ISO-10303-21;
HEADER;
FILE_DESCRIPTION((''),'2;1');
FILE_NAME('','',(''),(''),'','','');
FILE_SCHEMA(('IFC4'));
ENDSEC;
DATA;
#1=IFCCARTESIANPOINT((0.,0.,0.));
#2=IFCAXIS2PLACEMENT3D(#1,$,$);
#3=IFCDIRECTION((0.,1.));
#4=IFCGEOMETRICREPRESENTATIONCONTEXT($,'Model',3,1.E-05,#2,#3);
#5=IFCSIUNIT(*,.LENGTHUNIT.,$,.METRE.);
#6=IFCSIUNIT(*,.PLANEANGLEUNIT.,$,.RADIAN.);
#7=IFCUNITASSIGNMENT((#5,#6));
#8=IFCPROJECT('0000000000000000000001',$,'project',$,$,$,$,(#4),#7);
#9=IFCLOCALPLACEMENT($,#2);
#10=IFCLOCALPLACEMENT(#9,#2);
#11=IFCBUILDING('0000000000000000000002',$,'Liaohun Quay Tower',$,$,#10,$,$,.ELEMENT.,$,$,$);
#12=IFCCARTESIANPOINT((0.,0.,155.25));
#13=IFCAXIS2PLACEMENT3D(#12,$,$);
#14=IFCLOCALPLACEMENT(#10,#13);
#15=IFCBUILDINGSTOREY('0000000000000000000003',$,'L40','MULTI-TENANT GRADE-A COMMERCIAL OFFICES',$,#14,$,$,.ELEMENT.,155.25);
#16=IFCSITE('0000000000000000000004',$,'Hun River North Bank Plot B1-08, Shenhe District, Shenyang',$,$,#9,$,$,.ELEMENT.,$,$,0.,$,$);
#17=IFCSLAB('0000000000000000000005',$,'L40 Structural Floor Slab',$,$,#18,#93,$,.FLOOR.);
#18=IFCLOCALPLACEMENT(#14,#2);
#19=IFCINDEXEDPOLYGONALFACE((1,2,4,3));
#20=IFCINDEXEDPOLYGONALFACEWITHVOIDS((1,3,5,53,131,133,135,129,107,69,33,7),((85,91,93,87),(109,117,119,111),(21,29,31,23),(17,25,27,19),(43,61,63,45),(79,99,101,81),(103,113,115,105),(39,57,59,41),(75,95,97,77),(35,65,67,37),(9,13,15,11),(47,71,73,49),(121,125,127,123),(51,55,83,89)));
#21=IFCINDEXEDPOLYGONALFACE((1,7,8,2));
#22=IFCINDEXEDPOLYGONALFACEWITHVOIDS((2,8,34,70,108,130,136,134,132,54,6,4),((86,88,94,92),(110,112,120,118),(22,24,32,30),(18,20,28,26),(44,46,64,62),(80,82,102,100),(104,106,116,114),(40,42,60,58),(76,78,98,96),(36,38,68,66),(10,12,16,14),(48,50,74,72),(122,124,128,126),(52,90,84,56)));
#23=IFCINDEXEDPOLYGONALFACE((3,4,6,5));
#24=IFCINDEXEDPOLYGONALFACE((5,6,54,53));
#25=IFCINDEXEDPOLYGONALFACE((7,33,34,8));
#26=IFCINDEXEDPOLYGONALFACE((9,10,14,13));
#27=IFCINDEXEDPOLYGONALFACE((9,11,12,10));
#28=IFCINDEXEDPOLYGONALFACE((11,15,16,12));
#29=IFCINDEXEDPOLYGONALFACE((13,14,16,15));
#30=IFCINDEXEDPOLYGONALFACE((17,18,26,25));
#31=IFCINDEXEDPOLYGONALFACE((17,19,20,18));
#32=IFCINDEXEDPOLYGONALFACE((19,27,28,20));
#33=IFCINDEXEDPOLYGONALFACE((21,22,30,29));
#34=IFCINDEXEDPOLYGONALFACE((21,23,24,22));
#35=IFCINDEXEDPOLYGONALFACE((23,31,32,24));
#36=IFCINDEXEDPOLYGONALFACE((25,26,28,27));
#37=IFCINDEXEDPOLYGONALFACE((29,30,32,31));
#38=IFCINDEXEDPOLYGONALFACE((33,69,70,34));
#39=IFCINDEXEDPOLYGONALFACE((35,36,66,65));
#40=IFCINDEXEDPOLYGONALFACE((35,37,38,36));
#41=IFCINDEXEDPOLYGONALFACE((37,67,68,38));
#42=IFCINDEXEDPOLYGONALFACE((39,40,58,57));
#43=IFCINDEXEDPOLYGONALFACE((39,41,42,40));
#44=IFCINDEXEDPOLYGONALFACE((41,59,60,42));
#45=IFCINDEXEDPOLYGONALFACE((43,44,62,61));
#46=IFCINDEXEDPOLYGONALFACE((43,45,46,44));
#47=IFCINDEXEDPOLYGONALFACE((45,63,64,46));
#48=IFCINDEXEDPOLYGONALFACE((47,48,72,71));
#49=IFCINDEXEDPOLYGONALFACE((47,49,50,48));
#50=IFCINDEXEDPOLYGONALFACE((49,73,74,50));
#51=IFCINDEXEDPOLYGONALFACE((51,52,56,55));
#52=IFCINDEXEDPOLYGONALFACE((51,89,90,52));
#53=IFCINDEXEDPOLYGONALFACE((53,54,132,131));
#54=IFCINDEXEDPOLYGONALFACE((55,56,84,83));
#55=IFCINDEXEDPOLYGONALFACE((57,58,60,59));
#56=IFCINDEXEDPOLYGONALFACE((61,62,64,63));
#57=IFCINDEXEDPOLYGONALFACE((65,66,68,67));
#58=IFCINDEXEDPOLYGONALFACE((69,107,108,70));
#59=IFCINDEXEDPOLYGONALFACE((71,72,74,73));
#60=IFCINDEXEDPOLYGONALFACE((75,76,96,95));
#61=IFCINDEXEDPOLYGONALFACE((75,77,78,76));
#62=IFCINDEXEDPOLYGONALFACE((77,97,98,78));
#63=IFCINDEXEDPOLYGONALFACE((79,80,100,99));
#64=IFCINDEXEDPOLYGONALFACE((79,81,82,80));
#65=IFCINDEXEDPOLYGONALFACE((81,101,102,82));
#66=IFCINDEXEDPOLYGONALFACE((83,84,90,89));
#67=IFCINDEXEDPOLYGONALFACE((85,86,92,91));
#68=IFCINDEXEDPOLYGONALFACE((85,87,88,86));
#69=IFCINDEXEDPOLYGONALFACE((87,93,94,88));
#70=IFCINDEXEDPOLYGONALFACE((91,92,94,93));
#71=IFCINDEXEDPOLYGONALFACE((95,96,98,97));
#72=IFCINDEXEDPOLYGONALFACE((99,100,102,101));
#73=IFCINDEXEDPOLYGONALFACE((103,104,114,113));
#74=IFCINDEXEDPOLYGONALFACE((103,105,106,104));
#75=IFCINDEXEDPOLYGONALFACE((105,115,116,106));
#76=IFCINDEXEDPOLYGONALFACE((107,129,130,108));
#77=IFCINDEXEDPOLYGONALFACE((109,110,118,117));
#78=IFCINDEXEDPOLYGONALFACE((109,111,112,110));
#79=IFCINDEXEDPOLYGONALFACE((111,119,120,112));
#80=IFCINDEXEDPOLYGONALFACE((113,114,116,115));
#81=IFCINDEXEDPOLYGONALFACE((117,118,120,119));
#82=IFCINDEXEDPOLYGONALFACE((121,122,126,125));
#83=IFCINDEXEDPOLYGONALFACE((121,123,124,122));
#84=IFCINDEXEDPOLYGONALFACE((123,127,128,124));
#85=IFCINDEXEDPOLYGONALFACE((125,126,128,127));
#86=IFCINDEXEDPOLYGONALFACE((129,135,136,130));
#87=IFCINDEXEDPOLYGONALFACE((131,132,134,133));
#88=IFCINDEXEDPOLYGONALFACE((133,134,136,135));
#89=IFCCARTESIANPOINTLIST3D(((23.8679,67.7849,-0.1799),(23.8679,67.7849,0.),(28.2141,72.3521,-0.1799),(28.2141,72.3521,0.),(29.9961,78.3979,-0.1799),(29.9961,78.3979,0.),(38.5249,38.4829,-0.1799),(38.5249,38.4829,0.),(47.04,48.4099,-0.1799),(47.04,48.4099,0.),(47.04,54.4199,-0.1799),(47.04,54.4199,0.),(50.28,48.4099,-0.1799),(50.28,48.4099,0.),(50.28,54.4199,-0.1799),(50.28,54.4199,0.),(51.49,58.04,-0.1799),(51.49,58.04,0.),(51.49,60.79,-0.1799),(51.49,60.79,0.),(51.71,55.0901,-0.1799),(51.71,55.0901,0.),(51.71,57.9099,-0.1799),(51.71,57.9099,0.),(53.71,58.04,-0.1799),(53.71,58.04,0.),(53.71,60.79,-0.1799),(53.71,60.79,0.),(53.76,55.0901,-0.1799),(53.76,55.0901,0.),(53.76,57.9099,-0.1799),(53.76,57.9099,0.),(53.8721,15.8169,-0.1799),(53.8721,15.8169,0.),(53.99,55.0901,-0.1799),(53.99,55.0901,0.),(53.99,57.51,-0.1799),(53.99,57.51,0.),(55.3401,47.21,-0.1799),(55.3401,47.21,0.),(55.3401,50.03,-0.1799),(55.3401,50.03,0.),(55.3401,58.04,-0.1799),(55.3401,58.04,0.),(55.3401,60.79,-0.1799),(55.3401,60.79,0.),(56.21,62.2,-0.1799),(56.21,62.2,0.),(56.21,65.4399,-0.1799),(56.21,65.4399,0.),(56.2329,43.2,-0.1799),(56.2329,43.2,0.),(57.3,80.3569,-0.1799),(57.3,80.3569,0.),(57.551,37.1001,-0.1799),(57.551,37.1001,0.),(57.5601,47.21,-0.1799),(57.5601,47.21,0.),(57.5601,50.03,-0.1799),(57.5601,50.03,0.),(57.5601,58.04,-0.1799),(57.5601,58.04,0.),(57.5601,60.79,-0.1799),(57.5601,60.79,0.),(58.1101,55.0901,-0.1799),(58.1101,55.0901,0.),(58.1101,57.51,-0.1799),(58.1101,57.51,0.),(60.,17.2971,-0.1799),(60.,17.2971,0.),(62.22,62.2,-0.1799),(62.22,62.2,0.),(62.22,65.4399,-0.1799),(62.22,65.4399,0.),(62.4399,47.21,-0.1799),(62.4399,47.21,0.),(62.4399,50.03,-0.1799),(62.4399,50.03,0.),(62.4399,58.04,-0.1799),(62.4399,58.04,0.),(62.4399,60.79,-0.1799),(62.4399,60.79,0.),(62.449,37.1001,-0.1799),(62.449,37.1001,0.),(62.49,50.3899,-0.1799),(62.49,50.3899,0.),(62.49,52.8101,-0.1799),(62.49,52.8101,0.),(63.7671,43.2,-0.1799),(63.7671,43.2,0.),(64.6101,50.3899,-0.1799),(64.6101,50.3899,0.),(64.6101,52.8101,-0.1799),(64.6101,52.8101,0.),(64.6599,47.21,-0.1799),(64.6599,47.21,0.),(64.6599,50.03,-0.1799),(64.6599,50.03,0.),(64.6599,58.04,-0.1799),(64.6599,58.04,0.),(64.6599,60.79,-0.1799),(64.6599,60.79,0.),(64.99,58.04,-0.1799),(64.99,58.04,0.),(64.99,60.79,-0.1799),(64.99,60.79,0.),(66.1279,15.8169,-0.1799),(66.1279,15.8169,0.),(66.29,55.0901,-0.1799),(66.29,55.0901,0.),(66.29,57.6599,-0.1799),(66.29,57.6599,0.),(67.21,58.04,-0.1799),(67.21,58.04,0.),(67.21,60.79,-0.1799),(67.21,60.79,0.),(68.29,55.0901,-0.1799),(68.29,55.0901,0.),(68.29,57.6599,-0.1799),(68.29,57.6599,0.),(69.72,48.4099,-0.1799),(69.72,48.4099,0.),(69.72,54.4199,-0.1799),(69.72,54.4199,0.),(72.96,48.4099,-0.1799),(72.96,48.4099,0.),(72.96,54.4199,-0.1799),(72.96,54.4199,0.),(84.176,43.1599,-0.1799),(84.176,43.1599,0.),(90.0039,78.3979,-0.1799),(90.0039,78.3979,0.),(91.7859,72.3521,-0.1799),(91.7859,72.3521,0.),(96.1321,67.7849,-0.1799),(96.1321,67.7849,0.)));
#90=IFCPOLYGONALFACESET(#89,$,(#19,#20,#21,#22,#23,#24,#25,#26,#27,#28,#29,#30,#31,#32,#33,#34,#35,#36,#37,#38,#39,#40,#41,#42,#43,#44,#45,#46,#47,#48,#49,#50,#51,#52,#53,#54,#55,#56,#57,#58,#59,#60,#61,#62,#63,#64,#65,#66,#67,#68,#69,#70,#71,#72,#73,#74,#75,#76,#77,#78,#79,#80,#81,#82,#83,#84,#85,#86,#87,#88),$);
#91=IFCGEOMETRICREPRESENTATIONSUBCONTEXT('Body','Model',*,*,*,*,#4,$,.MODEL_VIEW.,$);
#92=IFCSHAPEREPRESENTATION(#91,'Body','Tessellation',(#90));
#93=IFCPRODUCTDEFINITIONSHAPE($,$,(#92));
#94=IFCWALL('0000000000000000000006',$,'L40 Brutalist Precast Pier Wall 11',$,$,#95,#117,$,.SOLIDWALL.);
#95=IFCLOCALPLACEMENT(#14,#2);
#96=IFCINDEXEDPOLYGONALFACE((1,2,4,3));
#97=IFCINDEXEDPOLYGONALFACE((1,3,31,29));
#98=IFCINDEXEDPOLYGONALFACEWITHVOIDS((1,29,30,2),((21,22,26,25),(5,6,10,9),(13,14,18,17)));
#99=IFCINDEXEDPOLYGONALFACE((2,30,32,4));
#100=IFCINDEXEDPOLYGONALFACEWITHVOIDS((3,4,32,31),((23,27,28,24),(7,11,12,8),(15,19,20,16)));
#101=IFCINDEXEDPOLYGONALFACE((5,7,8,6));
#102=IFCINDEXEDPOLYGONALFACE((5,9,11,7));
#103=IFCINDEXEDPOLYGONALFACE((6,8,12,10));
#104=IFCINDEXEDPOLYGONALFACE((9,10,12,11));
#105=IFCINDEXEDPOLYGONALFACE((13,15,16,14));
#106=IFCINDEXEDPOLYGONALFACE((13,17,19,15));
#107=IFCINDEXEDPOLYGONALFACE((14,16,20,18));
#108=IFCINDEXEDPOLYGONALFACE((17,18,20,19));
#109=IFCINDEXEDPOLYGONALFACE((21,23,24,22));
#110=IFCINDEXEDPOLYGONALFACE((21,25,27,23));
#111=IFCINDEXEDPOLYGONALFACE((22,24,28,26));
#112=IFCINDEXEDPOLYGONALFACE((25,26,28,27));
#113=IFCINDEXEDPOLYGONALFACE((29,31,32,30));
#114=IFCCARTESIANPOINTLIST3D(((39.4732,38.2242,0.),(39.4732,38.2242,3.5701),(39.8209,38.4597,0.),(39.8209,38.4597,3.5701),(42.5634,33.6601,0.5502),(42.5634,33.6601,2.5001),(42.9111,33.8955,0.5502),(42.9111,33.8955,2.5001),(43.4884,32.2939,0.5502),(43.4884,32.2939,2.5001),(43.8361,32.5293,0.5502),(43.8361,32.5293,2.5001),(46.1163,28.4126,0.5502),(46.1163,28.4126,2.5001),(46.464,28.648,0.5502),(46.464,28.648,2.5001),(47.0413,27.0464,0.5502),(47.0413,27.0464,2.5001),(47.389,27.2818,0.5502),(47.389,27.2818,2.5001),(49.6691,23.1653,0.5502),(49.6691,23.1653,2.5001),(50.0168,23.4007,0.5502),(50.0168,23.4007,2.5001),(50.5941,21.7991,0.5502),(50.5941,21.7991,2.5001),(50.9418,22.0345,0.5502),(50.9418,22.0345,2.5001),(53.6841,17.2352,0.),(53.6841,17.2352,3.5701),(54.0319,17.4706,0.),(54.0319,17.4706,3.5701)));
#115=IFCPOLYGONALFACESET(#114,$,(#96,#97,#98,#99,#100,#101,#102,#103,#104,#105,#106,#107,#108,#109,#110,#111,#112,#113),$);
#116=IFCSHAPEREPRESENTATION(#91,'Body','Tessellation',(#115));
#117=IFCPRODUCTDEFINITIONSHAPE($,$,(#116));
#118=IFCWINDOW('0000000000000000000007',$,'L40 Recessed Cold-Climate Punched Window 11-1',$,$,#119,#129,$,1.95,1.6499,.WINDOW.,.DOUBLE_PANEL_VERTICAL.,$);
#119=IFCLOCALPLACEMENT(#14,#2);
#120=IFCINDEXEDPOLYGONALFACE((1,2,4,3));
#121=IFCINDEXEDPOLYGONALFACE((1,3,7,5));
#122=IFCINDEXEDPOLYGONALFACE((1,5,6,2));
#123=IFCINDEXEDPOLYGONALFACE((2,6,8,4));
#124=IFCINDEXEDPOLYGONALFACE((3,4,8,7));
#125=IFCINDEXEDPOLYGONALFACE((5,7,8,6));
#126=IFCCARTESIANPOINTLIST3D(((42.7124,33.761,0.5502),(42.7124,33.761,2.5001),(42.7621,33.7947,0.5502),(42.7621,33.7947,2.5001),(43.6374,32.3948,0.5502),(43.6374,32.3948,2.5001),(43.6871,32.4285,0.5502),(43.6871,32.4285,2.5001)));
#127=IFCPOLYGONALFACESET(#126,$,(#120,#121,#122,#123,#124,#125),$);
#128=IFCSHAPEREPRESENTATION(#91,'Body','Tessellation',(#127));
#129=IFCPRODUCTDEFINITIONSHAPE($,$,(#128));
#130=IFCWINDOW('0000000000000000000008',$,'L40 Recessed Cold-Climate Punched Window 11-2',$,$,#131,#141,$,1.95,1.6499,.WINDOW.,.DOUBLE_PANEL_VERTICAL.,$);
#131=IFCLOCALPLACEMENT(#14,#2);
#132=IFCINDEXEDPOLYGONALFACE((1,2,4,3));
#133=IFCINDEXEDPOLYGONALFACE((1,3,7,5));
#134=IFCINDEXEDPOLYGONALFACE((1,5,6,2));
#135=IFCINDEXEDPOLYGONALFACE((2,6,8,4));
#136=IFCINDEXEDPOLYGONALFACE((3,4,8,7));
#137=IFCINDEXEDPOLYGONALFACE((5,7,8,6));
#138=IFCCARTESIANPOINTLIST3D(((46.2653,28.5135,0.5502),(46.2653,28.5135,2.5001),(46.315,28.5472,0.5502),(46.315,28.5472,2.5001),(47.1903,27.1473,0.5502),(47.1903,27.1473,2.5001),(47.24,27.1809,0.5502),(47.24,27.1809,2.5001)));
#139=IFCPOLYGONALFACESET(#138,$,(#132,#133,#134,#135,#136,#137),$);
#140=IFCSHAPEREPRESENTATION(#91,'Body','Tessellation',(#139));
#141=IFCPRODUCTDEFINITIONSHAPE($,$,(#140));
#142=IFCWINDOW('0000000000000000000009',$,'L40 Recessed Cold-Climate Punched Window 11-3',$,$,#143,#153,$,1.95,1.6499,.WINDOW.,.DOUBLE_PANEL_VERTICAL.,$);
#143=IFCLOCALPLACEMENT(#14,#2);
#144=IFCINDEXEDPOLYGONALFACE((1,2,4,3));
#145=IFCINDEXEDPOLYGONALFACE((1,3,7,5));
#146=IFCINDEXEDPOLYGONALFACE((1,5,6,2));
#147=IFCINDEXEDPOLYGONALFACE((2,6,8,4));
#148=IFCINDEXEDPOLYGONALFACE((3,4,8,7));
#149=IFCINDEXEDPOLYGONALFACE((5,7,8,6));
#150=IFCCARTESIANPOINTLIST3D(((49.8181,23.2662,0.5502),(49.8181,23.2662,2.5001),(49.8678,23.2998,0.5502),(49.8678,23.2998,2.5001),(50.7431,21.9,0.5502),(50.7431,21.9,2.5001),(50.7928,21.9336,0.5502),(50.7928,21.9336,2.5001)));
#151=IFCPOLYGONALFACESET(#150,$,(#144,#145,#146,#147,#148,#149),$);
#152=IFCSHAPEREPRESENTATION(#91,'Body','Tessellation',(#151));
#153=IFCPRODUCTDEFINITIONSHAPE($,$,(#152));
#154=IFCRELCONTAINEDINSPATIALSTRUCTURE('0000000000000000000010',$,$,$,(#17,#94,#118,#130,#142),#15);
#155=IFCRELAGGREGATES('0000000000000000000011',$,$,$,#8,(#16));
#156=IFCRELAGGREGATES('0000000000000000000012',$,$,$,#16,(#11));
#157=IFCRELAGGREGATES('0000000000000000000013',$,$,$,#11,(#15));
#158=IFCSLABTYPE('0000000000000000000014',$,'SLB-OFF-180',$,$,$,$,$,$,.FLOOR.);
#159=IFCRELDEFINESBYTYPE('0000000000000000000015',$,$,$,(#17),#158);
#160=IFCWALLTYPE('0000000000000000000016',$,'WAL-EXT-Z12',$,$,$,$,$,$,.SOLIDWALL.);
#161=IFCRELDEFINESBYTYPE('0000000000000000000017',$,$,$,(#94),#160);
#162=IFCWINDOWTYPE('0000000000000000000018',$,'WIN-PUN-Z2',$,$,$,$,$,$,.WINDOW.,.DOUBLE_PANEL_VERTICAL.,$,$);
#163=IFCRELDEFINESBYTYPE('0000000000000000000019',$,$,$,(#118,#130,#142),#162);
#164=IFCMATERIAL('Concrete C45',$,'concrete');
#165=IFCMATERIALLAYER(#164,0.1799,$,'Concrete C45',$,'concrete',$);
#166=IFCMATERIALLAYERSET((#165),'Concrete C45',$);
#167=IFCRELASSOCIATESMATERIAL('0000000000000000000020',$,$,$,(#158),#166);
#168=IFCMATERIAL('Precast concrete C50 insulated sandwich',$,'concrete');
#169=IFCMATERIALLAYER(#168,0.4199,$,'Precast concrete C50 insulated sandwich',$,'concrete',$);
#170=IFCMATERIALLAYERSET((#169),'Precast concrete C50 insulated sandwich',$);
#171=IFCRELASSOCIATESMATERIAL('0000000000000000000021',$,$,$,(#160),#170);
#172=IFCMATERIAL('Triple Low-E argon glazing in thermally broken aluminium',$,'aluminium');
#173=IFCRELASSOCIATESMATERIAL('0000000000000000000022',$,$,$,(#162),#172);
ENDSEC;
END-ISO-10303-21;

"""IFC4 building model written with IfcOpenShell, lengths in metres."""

from ifc_helpers import new_model, si_unit, direction, frame, frame_2d, origin, place, context, subcontext, project, spatial, polyline, rectangle, outline, extrude, source, transform, mapped, material, layer, layer_set, type_object, element, fill, save


model = new_model("IFC4")

# Units and contexts
model_context = context("Model", 3, precision=1e-05, world=origin(), true_north=direction((0.0, 1.0)))
body_context = subcontext(model_context, "Body", "Model", "MODEL_VIEW")
ifc_project = project(units=[si_unit("LENGTHUNIT", "METRE"), si_unit("PLANEANGLEUNIT", "RADIAN")], contexts=[model_context])

# Site, building, storey
site_placement = place(None, origin())
site = spatial("IfcSite", under=ifc_project, at=site_placement, Name="Hun River North Bank Plot B1-08, Shenhe District, Shenyang", CompositionType="ELEMENT", RefElevation=0.0)
building_placement = place(site_placement, origin())
building = spatial("IfcBuilding", under=site, at=building_placement, Name="Liaohun Quay Tower", CompositionType="ELEMENT")
storey_placement = place(building_placement, frame((0.0, 0.0, 155.25)))
storey = spatial("IfcBuildingStorey", under=building, at=storey_placement, Name="L40", Description="MULTI-TENANT GRADE-A COMMERCIAL OFFICES", CompositionType="ELEMENT", Elevation=155.25)

# Shared definitions
ifc_material_1 = material(Name="Concrete C45", Category="concrete")

# Slab
ifc_layer_1 = layer(ifc_material_1, 0.1799, Name="Concrete C45", Category="concrete")
ifc_layer_set_1 = layer_set([ifc_layer_1], Name="Concrete C45")
slab_type_1 = type_object("IfcSlabType", Name="SLB-OFF-180", PredefinedType="FLOOR", material=ifc_layer_set_1)
slab_1_placement = place(storey_placement, frame((0.0, 0.0, -0.1799)))
element("IfcSlab", 1, at=slab_1_placement, inside=storey, type_object=slab_type_1, Name="L40 Structural Floor Slab", PredefinedType="FLOOR", context=body_context, shape_type="SweptSolid", body=[
    extrude(outline(polyline([(53.8721, 15.8169), (60.0, 17.2971), (66.1279, 15.8169), (84.176, 43.1599), (96.1321, 67.7849), (91.7859, 72.3521), (90.0039, 78.3979), (57.3, 80.3569), (29.9961, 78.3979), (28.2141, 72.3521), (23.8679, 67.7849), (38.5249, 38.4829), (53.8721, 15.8169)]), holes=[polyline([(57.5601, 50.03), (55.3401, 50.03), (55.3401, 47.21), (57.5601, 47.21), (57.5601, 50.03)]), polyline([(50.28, 54.4199), (47.04, 54.4199), (47.04, 48.4099), (50.28, 48.4099), (50.28, 54.4199)]), polyline([(53.99, 55.0901), (58.1101, 55.0901), (58.1101, 57.51), (53.99, 57.51), (53.99, 55.0901)]), polyline([(53.76, 55.0901), (53.76, 57.9099), (51.71, 57.9099), (51.71, 55.0901), (53.76, 55.0901)]), polyline([(53.71, 58.04), (53.71, 60.79), (51.49, 60.79), (51.49, 58.04), (53.71, 58.04)]), polyline([(57.5601, 58.04), (57.5601, 60.79), (55.3401, 60.79), (55.3401, 58.04), (57.5601, 58.04)]), polyline([(62.22, 62.2), (62.22, 65.4399), (56.21, 65.4399), (56.21, 62.2), (62.22, 62.2)]), polyline([(62.449, 37.1001), (63.7671, 43.2), (56.2329, 43.2), (57.551, 37.1001), (62.449, 37.1001)]), polyline([(64.6599, 47.21), (64.6599, 50.03), (62.4399, 50.03), (62.4399, 47.21), (64.6599, 47.21)]), polyline([(72.96, 54.4199), (69.72, 54.4199), (69.72, 48.4099), (72.96, 48.4099), (72.96, 54.4199)]), polyline([(64.6101, 50.3899), (64.6101, 52.8101), (62.49, 52.8101), (62.49, 50.3899), (64.6101, 50.3899)]), polyline([(68.29, 55.0901), (68.29, 57.6599), (66.29, 57.6599), (66.29, 55.0901), (68.29, 55.0901)]), polyline([(64.6599, 58.04), (64.6599, 60.79), (62.4399, 60.79), (62.4399, 58.04), (64.6599, 58.04)]), polyline([(67.21, 58.04), (67.21, 60.79), (64.99, 60.79), (64.99, 58.04), (67.21, 58.04)])]), origin(), (0.0, 0.0, 1.0), 0.1799),
])

# Wall, openings, windows
ifc_material_2 = material(Name="Precast concrete C50 insulated sandwich", Category="concrete")
ifc_layer_2 = layer(ifc_material_2, 0.4199, Name="Precast concrete C50 insulated sandwich", Category="concrete")
ifc_layer_set_2 = layer_set([ifc_layer_2], Name="Precast concrete C50 insulated sandwich")
wall_type_1 = type_object("IfcWallType", Name="WAL-EXT-Z12", PredefinedType="SOLIDWALL", material=ifc_layer_set_2)
wall_1_placement = place(storey_placement, frame((39.647, 38.342, 0.0), z_axis=(0.0, 0.0, 1.0), x_axis=(0.560647, -0.828055, 0.0)))
wall_1 = element("IfcWall", 2, at=wall_1_placement, inside=storey, type_object=wall_type_1, Name="L40 Brutalist Precast Pier Wall 11", PredefinedType="SOLIDWALL", context=body_context, shape_type="SweptSolid", body=[
    extrude(rectangle(XDim=25.3474, YDim=0.4199, at=frame_2d((12.6738, 0.0))), origin(), (0.0, 0.0, 1.0), 3.5701),
])
shared_shape_1 = source(origin(), body_context, "Body", "SweptSolid", [
    extrude(rectangle(XDim=1.6499, YDim=1.95, at=frame_2d((0.825, 0.9751))), frame((0.0, 0.22, 0.0), z_axis=(0.0, -1.0, 0.0), x_axis=(1.0, 0.0, 0.0)), (0.0, 0.0, 1.0), 0.4399),
])
opening_1_placement = place(wall_1_placement, frame((5.512, 0.0, 0.55)))
opening_1 = element("IfcOpeningElement", 3, at=opening_1_placement, cuts=wall_1, PredefinedType="OPENING", context=body_context, shape_type="MappedRepresentation", body=[
    mapped(shared_shape_1, transform((0.0, 0.0, 0.0), x_axis=(1.0, 0.0, 0.0), y_axis=(0.0, 1.0, 0.0), z_axis=(0.0, 0.0, 1.0), scale=1.0)),
])
opening_2_placement = place(wall_1_placement, frame((11.8491, 0.0, 0.55)))
opening_2 = element("IfcOpeningElement", 4, at=opening_2_placement, cuts=wall_1, PredefinedType="OPENING", context=body_context, shape_type="MappedRepresentation", body=[
    mapped(shared_shape_1, transform((0.0, 0.0, 0.0), x_axis=(1.0, 0.0, 0.0), y_axis=(0.0, 1.0, 0.0), z_axis=(0.0, 0.0, 1.0), scale=1.0)),
])
opening_3_placement = place(wall_1_placement, frame((18.186, 0.0, 0.55)))
opening_3 = element("IfcOpeningElement", 5, at=opening_3_placement, cuts=wall_1, PredefinedType="OPENING", context=body_context, shape_type="MappedRepresentation", body=[
    mapped(shared_shape_1, transform((0.0, 0.0, 0.0), x_axis=(1.0, 0.0, 0.0), y_axis=(0.0, 1.0, 0.0), z_axis=(0.0, 0.0, 1.0), scale=1.0)),
])
ifc_material_3 = material(Name="Triple Low-E argon glazing in thermally broken aluminium", Category="aluminium")
window_type = type_object("IfcWindowType", Name="WIN-PUN-Z2", PartitioningType="DOUBLE_PANEL_VERTICAL", PredefinedType="WINDOW", material=ifc_material_3)
shared_shape_2 = source(origin(), body_context, "Body", "SweptSolid", [
    extrude(rectangle(XDim=1.6499, YDim=1.95, at=frame_2d((0.825, 0.9751))), frame((0.0, 0.03, 0.0), z_axis=(0.0, -1.0, 0.0), x_axis=(1.0, 0.0, 0.0)), (0.0, 0.0, 1.0), 0.0601),
])
window_1_placement = place(opening_1_placement, origin())
window_1 = element("IfcWindow", 6, at=window_1_placement, inside=storey, type_object=window_type, Name="L40 Recessed Cold-Climate Punched Window 11-1", OverallHeight=1.95, OverallWidth=1.6499, PartitioningType="DOUBLE_PANEL_VERTICAL", PredefinedType="WINDOW", context=body_context, shape_type="MappedRepresentation", body=[
    mapped(shared_shape_2, transform((0.0, 0.0, 0.0), x_axis=(1.0, 0.0, 0.0), y_axis=(0.0, 1.0, 0.0), z_axis=(0.0, 0.0, 1.0), scale=1.0)),
])
fill(opening_1, window_1)
window_2_placement = place(opening_2_placement, origin())
window_2 = element("IfcWindow", 7, at=window_2_placement, inside=storey, type_object=window_type, Name="L40 Recessed Cold-Climate Punched Window 11-2", OverallHeight=1.95, OverallWidth=1.6499, PartitioningType="DOUBLE_PANEL_VERTICAL", PredefinedType="WINDOW", context=body_context, shape_type="MappedRepresentation", body=[
    mapped(shared_shape_2, transform((0.0, 0.0, 0.0), x_axis=(1.0, 0.0, 0.0), y_axis=(0.0, 1.0, 0.0), z_axis=(0.0, 0.0, 1.0), scale=1.0)),
])
fill(opening_2, window_2)
window_3_placement = place(opening_3_placement, origin())
window_3 = element("IfcWindow", 8, at=window_3_placement, inside=storey, type_object=window_type, Name="L40 Recessed Cold-Climate Punched Window 11-3", OverallHeight=1.95, OverallWidth=1.6499, PartitioningType="DOUBLE_PANEL_VERTICAL", PredefinedType="WINDOW", context=body_context, shape_type="MappedRepresentation", body=[
    mapped(shared_shape_2, transform((0.0, 0.0, 0.0), x_axis=(1.0, 0.0, 0.0), y_axis=(0.0, 1.0, 0.0), z_axis=(0.0, 0.0, 1.0), scale=1.0)),
])
fill(opening_3, window_3)

save(model, "model.ifc")
